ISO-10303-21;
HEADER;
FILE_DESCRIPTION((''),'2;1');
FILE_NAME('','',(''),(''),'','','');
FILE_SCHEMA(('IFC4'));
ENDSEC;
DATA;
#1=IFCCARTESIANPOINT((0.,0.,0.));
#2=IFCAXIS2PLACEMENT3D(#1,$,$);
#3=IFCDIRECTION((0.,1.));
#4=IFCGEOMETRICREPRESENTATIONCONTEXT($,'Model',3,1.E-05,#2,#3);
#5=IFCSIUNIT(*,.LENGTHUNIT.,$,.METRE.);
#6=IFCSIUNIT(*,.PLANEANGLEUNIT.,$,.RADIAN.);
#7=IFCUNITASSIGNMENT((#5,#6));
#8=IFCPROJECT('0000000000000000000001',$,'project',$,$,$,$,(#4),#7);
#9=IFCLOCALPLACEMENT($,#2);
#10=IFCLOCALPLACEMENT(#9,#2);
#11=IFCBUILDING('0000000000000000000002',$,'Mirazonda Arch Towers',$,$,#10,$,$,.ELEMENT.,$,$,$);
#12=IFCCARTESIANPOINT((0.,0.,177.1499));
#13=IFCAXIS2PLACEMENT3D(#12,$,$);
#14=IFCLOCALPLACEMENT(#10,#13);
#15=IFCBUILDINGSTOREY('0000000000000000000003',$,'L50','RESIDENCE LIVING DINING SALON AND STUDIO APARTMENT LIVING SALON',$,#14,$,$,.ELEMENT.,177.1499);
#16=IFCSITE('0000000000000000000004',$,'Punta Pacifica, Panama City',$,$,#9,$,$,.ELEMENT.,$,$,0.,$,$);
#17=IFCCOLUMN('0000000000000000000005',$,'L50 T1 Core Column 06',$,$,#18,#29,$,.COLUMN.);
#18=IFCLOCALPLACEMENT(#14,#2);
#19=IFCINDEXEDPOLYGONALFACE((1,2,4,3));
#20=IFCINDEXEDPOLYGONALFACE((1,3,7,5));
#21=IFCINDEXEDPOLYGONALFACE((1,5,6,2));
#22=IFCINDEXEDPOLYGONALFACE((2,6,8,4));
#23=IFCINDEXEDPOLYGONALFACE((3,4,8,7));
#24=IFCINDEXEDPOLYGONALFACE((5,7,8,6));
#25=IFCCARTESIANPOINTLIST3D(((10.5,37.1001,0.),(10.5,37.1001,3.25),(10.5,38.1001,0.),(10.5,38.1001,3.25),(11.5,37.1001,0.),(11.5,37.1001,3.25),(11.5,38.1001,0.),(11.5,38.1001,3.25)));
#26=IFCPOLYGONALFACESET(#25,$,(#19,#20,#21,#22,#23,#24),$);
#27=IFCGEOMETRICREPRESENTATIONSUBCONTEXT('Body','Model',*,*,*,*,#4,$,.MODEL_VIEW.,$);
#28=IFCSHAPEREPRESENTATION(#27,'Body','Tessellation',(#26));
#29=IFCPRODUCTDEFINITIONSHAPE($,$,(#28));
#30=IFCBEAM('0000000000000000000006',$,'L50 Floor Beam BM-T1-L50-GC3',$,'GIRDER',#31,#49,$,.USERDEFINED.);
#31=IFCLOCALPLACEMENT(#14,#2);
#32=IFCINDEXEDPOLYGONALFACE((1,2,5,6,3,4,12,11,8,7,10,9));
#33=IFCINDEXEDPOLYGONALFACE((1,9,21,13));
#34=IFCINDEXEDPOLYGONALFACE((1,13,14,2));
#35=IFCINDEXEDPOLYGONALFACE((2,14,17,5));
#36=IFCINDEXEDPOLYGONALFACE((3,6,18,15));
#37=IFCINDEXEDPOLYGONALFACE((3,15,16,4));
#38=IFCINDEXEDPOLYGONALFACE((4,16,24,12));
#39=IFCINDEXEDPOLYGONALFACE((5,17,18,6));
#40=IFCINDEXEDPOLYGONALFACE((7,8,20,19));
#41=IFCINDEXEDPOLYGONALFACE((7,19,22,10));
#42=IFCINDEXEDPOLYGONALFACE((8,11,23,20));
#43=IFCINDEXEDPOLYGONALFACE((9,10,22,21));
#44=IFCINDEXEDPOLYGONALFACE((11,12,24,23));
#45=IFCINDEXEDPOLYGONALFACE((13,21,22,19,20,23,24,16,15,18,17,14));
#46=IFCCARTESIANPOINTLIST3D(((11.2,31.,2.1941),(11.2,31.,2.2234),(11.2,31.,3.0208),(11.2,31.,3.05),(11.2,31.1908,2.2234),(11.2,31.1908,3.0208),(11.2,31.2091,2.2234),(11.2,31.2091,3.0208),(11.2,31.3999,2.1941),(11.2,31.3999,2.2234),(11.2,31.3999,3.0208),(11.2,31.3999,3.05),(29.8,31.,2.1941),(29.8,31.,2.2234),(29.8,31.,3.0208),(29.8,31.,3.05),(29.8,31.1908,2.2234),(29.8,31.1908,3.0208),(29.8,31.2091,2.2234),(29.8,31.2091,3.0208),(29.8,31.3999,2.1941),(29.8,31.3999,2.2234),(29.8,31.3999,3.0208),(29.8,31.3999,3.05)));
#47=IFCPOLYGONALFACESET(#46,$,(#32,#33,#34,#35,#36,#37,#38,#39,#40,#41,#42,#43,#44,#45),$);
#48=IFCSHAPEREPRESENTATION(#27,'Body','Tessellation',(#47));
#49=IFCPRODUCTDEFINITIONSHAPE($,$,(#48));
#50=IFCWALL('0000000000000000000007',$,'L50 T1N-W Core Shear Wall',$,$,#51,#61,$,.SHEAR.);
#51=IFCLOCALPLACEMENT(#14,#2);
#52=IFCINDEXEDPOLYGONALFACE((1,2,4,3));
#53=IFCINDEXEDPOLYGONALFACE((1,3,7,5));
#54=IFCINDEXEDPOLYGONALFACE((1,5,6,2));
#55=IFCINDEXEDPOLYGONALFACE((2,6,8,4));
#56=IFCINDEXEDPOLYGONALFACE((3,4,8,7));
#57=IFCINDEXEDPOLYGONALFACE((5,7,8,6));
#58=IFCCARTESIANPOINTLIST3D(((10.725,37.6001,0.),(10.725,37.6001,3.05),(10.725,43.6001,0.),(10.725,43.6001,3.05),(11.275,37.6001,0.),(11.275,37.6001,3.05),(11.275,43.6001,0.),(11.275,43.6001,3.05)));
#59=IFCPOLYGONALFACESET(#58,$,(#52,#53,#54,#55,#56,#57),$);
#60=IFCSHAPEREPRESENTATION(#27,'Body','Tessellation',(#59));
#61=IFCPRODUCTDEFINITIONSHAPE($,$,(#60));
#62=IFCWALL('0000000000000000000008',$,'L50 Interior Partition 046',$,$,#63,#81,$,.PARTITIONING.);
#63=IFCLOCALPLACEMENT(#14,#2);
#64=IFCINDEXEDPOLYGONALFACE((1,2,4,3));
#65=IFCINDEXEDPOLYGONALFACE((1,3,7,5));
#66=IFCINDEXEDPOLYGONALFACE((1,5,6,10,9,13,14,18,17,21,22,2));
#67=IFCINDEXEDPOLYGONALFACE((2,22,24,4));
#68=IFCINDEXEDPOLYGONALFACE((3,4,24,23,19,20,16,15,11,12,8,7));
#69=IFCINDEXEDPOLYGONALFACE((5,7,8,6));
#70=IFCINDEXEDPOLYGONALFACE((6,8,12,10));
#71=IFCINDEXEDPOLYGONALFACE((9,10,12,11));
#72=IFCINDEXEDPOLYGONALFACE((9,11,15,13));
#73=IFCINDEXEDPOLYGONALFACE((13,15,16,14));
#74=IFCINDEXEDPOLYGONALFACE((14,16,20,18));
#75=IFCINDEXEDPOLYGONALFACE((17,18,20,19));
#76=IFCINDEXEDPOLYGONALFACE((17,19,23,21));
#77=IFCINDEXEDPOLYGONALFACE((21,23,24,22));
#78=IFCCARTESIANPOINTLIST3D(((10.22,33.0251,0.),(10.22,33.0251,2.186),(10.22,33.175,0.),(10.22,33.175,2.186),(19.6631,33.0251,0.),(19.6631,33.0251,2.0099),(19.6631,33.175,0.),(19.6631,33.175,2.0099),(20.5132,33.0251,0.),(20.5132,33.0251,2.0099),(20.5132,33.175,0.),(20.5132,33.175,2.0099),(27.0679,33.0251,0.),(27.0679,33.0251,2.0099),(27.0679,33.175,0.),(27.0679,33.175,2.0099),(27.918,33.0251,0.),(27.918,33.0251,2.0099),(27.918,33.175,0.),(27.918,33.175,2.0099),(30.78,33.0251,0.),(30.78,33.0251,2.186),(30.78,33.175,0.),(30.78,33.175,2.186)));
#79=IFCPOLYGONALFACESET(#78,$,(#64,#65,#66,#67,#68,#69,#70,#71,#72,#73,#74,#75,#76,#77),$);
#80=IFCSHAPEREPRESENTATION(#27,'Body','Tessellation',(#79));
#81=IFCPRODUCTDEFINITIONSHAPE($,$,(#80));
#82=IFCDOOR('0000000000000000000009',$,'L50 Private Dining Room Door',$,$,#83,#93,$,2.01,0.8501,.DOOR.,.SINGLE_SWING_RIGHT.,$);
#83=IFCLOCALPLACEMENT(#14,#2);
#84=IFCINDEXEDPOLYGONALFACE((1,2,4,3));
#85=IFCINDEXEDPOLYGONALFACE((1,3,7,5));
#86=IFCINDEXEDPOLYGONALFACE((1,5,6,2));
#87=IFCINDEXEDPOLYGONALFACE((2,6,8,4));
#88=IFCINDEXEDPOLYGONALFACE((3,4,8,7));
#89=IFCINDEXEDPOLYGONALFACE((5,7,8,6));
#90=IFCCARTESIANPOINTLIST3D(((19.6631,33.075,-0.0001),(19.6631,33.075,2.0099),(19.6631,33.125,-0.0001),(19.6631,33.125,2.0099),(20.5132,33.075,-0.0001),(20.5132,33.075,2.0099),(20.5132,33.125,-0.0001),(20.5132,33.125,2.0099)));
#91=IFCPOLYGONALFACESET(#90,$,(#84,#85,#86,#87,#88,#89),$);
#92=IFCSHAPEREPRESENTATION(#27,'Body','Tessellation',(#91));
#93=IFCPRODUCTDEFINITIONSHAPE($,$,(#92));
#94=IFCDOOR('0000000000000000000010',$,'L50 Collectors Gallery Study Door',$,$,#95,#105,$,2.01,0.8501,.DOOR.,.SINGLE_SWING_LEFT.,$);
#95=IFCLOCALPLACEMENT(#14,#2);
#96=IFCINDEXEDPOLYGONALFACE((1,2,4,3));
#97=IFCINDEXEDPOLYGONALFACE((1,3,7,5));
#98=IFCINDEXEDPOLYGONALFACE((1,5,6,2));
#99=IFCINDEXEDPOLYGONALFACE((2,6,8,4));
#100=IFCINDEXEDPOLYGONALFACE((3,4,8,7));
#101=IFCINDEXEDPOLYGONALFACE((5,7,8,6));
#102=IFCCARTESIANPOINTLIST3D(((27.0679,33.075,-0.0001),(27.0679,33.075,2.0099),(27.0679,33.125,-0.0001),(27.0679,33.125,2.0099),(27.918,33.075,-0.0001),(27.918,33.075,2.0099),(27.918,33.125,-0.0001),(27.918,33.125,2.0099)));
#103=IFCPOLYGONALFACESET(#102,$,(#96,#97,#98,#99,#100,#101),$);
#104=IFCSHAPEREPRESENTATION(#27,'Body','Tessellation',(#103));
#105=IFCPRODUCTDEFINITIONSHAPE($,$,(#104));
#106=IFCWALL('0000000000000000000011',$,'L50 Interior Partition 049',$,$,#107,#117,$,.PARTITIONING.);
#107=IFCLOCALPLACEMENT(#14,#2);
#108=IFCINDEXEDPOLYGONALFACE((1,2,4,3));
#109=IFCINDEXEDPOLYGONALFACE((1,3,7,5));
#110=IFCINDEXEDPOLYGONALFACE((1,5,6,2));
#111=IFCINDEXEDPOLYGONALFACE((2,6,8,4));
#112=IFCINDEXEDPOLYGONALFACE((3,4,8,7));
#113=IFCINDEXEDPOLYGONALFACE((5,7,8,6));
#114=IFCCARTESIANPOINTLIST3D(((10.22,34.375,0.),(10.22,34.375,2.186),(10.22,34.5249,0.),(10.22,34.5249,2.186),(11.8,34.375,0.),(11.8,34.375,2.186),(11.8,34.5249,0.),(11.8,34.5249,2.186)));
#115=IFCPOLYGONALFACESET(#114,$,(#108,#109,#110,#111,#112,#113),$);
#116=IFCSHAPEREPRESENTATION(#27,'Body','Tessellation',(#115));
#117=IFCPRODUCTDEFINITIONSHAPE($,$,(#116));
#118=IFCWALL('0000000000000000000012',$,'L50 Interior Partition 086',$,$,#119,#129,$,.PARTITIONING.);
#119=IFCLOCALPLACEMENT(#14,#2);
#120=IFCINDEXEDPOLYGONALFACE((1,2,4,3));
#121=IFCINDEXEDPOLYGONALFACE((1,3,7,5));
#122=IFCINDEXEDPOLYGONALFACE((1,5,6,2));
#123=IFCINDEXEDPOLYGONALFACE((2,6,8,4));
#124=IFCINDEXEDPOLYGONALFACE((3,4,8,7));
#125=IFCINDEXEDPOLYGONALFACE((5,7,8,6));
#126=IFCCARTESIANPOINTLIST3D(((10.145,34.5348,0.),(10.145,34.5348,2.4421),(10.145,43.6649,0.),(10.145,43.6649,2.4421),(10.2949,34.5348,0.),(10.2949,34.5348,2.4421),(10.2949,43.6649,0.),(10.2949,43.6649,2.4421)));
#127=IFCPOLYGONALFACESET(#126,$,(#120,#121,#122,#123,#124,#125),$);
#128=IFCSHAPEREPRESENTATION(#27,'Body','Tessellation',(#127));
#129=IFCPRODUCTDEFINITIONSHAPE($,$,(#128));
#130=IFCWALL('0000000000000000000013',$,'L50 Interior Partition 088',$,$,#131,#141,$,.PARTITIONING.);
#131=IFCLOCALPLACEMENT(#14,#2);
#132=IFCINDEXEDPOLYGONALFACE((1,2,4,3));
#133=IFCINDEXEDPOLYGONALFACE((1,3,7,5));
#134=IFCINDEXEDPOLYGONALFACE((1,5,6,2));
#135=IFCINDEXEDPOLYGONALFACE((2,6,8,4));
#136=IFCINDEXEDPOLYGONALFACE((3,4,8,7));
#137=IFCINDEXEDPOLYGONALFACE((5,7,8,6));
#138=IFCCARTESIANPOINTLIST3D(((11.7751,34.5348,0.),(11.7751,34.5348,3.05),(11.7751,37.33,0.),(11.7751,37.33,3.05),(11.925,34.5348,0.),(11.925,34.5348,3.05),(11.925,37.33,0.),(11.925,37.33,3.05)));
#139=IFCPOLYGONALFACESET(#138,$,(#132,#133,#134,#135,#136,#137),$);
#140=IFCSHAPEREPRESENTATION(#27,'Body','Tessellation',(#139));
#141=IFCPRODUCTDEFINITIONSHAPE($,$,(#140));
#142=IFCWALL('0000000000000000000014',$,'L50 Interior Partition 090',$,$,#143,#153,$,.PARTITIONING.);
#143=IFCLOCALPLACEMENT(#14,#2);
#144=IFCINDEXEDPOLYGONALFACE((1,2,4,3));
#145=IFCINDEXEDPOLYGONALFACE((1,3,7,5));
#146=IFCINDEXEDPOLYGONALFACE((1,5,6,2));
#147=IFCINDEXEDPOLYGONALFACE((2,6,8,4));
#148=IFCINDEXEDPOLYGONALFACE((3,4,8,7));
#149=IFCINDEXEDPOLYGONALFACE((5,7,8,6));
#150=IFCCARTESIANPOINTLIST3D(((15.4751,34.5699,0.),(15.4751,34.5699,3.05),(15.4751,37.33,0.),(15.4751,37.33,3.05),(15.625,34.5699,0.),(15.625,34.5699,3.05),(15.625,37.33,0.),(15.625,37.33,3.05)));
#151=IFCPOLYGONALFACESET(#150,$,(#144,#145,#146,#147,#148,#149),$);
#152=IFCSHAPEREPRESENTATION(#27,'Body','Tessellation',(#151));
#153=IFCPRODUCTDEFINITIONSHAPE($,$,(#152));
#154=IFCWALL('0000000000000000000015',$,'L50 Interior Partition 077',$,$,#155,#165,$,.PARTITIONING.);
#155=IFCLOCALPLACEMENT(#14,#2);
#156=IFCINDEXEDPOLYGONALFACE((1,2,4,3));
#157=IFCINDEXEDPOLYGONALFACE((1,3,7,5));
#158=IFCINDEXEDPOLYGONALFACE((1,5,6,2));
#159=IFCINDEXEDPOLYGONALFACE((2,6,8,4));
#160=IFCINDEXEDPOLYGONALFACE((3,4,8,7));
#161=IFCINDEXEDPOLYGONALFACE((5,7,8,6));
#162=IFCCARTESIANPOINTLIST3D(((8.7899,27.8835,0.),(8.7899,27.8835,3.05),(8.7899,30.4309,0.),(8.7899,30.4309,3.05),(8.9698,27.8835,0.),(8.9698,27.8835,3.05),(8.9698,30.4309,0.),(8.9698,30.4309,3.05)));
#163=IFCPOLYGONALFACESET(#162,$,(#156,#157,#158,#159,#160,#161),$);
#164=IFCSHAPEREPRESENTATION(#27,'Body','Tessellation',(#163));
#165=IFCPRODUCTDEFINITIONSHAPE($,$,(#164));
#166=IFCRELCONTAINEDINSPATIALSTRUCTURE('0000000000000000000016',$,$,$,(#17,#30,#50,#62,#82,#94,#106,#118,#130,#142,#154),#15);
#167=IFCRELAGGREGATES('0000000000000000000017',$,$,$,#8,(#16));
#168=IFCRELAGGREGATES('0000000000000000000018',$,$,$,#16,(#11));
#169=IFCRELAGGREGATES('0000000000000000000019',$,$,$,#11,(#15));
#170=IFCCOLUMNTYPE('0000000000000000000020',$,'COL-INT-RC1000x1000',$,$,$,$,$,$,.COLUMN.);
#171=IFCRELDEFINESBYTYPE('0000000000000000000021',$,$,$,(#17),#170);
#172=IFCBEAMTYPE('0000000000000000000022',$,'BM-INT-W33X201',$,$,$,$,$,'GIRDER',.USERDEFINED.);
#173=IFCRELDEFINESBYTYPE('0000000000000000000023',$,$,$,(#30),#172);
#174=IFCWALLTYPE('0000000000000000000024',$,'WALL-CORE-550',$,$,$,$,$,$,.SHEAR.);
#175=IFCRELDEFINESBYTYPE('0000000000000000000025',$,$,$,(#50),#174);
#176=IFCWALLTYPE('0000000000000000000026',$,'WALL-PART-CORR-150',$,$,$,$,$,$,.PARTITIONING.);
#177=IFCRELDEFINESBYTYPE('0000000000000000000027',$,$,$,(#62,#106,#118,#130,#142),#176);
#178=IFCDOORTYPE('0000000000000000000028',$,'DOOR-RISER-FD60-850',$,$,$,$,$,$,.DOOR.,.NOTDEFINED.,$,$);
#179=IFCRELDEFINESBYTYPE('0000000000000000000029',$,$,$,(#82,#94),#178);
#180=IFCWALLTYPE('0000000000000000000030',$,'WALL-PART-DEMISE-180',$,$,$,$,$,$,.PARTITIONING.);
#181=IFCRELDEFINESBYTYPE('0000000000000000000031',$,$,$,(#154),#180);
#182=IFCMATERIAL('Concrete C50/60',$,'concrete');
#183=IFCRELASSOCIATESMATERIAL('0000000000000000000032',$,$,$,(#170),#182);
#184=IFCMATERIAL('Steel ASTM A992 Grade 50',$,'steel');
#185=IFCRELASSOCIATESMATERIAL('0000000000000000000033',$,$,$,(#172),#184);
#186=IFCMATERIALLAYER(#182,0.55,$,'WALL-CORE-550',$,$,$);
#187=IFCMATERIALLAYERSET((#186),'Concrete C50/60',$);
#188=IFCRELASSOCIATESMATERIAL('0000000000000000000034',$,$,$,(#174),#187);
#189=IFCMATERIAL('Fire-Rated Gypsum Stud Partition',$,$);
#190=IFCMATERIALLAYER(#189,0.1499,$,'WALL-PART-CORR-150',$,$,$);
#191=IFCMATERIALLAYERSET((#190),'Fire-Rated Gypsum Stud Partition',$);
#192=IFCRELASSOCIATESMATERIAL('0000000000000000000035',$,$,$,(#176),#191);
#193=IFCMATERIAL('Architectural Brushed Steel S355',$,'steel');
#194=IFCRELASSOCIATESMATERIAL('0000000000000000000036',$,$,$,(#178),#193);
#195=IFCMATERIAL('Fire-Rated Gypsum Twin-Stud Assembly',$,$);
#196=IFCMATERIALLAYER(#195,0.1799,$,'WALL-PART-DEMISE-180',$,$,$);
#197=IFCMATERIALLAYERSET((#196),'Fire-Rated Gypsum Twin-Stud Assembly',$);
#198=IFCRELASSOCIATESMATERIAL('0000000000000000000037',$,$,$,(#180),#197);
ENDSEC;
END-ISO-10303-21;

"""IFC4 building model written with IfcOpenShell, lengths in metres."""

from ifc_helpers import new_model, si_unit, direction, frame, frame_2d, origin, origin_2d, place, context, subcontext, project, spatial, rectangle, i_section, extrude, material, layer, layer_set, material_profile, profile_set, type_object, element, fill, save


model = new_model("IFC4")

# Units and contexts
model_context = context("Model", 3, precision=1e-05, world=origin(), true_north=direction((0.0, 1.0)))
body_context = subcontext(model_context, "Body", "Model", "MODEL_VIEW")
ifc_project = project(units=[si_unit("LENGTHUNIT", "METRE"), si_unit("PLANEANGLEUNIT", "RADIAN")], contexts=[model_context])

# Site, building, storey
site_placement = place(None, origin())
site = spatial("IfcSite", under=ifc_project, at=site_placement, Name="Punta Pacifica, Panama City", CompositionType="ELEMENT", RefElevation=0.0)
building_placement = place(site_placement, origin())
building = spatial("IfcBuilding", under=site, at=building_placement, Name="Mirazonda Arch Towers", CompositionType="ELEMENT")
storey_placement = place(building_placement, frame((0.0, 0.0, 177.1499)))
storey = spatial("IfcBuildingStorey", under=building, at=storey_placement, Name="L50", Description="RESIDENCE LIVING DINING SALON AND STUDIO APARTMENT LIVING SALON", CompositionType="ELEMENT", Elevation=177.1499)

# Column
ifc_material_1 = material(Name="Concrete C50/60", Category="concrete")
ifc_material_profile_1 = material_profile(ifc_material_1, rectangle(XDim=1.0, YDim=1.0, at=origin_2d()), Name="RC1000x1000")
ifc_profile_set_1 = profile_set([ifc_material_profile_1], Name="Concrete C50/60")
column_type = type_object("IfcColumnType", Name="COL-INT-RC1000x1000", PredefinedType="COLUMN", material=ifc_profile_set_1)
column_placement = place(storey_placement, frame((11.0, 37.6001, 0.0), z_axis=(0.0, 0.0, 1.0), x_axis=(1.0, 0.0, 0.0)))
element("IfcColumn", 1, at=column_placement, inside=storey, type_object=column_type, Name="L50 T1 Core Column 06", PredefinedType="COLUMN", context=body_context, shape_type="SweptSolid", body=[
    extrude(rectangle(XDim=1.0, YDim=1.0, at=origin_2d()), origin(), (0.0, 0.0, 1.0), 3.25),
])

# Beam
ifc_material_2 = material(Name="Steel ASTM A992 Grade 50", Category="steel")
ifc_material_profile_2 = material_profile(ifc_material_2, i_section(OverallWidth=0.3999, OverallDepth=0.856, WebThickness=0.0183, FlangeThickness=0.0293, at=origin_2d()), Name="W33X201")
ifc_profile_set_2 = profile_set([ifc_material_profile_2], Name="Steel ASTM A992 Grade 50")
beam_type = type_object("IfcBeamType", Name="BM-INT-W33X201", ElementType="GIRDER", PredefinedType="USERDEFINED", material=ifc_profile_set_2)
beam_placement = place(storey_placement, frame((11.2, 31.2, 2.6221), z_axis=(1.0, 0.0, 0.0), x_axis=(0.0, 1.0, 0.0)))
element("IfcBeam", 2, at=beam_placement, inside=storey, type_object=beam_type, Name="L50 Floor Beam BM-T1-L50-GC3", ObjectType="GIRDER", PredefinedType="USERDEFINED", context=body_context, shape_type="SweptSolid", body=[
    extrude(i_section(OverallWidth=0.3999, OverallDepth=0.856, WebThickness=0.0183, FlangeThickness=0.0293, at=origin_2d()), origin(), (0.0, 0.0, 1.0), 18.6001),
])

# Wall
ifc_layer_1 = layer(ifc_material_1, 0.55, Name="WALL-CORE-550")
ifc_layer_set_1 = layer_set([ifc_layer_1], Name="Concrete C50/60")
wall_type_1 = type_object("IfcWallType", Name="WALL-CORE-550", PredefinedType="SHEAR", material=ifc_layer_set_1)
wall_1_placement = place(storey_placement, frame((11.0, 37.6001, 0.0), z_axis=(0.0, 0.0, 1.0), x_axis=(0.0, 1.0, 0.0)))
element("IfcWall", 3, at=wall_1_placement, inside=storey, type_object=wall_type_1, Name="L50 T1N-W Core Shear Wall", PredefinedType="SHEAR", context=body_context, shape_type="SweptSolid", body=[
    extrude(rectangle(XDim=6.0, YDim=0.55, at=frame_2d((3.0, 0.0))), origin(), (0.0, 0.0, 1.0), 3.05),
])

# Wall, openings, doors
ifc_material_3 = material(Name="Fire-Rated Gypsum Stud Partition")
ifc_layer_2 = layer(ifc_material_3, 0.1499, Name="WALL-PART-CORR-150")
ifc_layer_set_2 = layer_set([ifc_layer_2], Name="Fire-Rated Gypsum Stud Partition")
wall_type_2 = type_object("IfcWallType", Name="WALL-PART-CORR-150", PredefinedType="PARTITIONING", material=ifc_layer_set_2)
wall_2_placement = place(storey_placement, frame((10.22, 33.1001, 0.0), z_axis=(0.0, 0.0, 1.0), x_axis=(1.0, 0.0, 0.0)))
wall_2 = element("IfcWall", 4, at=wall_2_placement, inside=storey, type_object=wall_type_2, Name="L50 Interior Partition 046", PredefinedType="PARTITIONING", context=body_context, shape_type="SweptSolid", body=[
    extrude(rectangle(XDim=20.5601, YDim=0.1499, at=frame_2d((10.28, 0.0))), origin(), (0.0, 0.0, 1.0), 2.186),
])
opening_1_placement = place(wall_2_placement, frame((9.4431, 0.0, 0.0)))
opening_1 = element("IfcOpeningElement", 5, at=opening_1_placement, cuts=wall_2, PredefinedType="OPENING", context=body_context, shape_type="SweptSolid", body=[
    extrude(rectangle(XDim=0.8501, YDim=2.01, at=frame_2d((0.425, 1.0049))), frame((0.0, 0.085, 0.0), z_axis=(0.0, -1.0, 0.0), x_axis=(1.0, 0.0, 0.0)), (0.0, 0.0, 1.0), 0.1699),
])
opening_2_placement = place(wall_2_placement, frame((16.8479, 0.0, 0.0)))
opening_2 = element("IfcOpeningElement", 6, at=opening_2_placement, cuts=wall_2, PredefinedType="OPENING", context=body_context, shape_type="SweptSolid", body=[
    extrude(rectangle(XDim=0.8501, YDim=2.01, at=frame_2d((0.425, 1.0049))), frame((0.0, 0.085, 0.0), z_axis=(0.0, -1.0, 0.0), x_axis=(1.0, 0.0, 0.0)), (0.0, 0.0, 1.0), 0.1699),
])
ifc_material_4 = material(Name="Architectural Brushed Steel S355", Category="steel")
door_type_1 = type_object("IfcDoorType", Name="DOOR-RISER-FD60-850", OperationType="NOTDEFINED", PredefinedType="DOOR", material=ifc_material_4)
door_1_placement = place(opening_1_placement, origin())
door_1 = element("IfcDoor", 7, at=door_1_placement, inside=storey, type_object=door_type_1, Name="L50 Private Dining Room Door", OperationType="SINGLE_SWING_RIGHT", OverallHeight=2.01, OverallWidth=0.8501, PredefinedType="DOOR", context=body_context, shape_type="SweptSolid", body=[
    extrude(rectangle(XDim=0.8501, YDim=2.01, at=frame_2d((0.425, 1.0049))), frame((0.0, 0.0249, 0.0), z_axis=(0.0, -1.0, 0.0), x_axis=(1.0, 0.0, 0.0)), (0.0, 0.0, 1.0), 0.05),
])
fill(opening_1, door_1)
door_2_placement = place(opening_2_placement, origin())
door_2 = element("IfcDoor", 8, at=door_2_placement, inside=storey, type_object=door_type_1, Name="L50 Collectors Gallery Study Door", OperationType="SINGLE_SWING_LEFT", OverallHeight=2.01, OverallWidth=0.8501, PredefinedType="DOOR", context=body_context, shape_type="SweptSolid", body=[
    extrude(rectangle(XDim=0.8501, YDim=2.01, at=frame_2d((0.425, 1.0049))), frame((0.0, 0.0249, 0.0), z_axis=(0.0, -1.0, 0.0), x_axis=(1.0, 0.0, 0.0)), (0.0, 0.0, 1.0), 0.05),
])
fill(opening_2, door_2)

# Walls
wall_3_placement = place(storey_placement, frame((10.22, 34.45, 0.0), z_axis=(0.0, 0.0, 1.0), x_axis=(1.0, 0.0, 0.0)))
element("IfcWall", 9, at=wall_3_placement, inside=storey, type_object=wall_type_2, Name="L50 Interior Partition 049", PredefinedType="PARTITIONING", context=body_context, shape_type="SweptSolid", body=[
    extrude(rectangle(XDim=1.5801, YDim=0.1499, at=frame_2d((0.79, 0.0))), origin(), (0.0, 0.0, 1.0), 2.186),
])
wall_4_placement = place(storey_placement, frame((10.22, 34.5349, 0.0), z_axis=(0.0, 0.0, 1.0), x_axis=(0.0, 1.0, 0.0)))
element("IfcWall", 10, at=wall_4_placement, inside=storey, type_object=wall_type_2, Name="L50 Interior Partition 086", PredefinedType="PARTITIONING", context=body_context, shape_type="SweptSolid", body=[
    extrude(rectangle(XDim=9.1301, YDim=0.1499, at=frame_2d((4.5649, 0.0))), origin(), (0.0, 0.0, 1.0), 2.4421),
])
wall_5_placement = place(storey_placement, frame((11.8501, 34.5349, 0.0), z_axis=(0.0, 0.0, 1.0), x_axis=(0.0, 1.0, 0.0)))
element("IfcWall", 11, at=wall_5_placement, inside=storey, type_object=wall_type_2, Name="L50 Interior Partition 088", PredefinedType="PARTITIONING", context=body_context, shape_type="SweptSolid", body=[
    extrude(rectangle(XDim=2.7952, YDim=0.1499, at=frame_2d((1.3975, 0.0))), origin(), (0.0, 0.0, 1.0), 3.05),
])
wall_6_placement = place(storey_placement, frame((15.55, 34.5701, 0.0), z_axis=(0.0, 0.0, 1.0), x_axis=(0.0, 1.0, 0.0)))
element("IfcWall", 12, at=wall_6_placement, inside=storey, type_object=wall_type_2, Name="L50 Interior Partition 090", PredefinedType="PARTITIONING", context=body_context, shape_type="SweptSolid", body=[
    extrude(rectangle(XDim=2.76, YDim=0.1499, at=frame_2d((1.3799, 0.0))), origin(), (0.0, 0.0, 1.0), 3.05),
])
ifc_material_5 = material(Name="Fire-Rated Gypsum Twin-Stud Assembly")
ifc_layer_3 = layer(ifc_material_5, 0.1799, Name="WALL-PART-DEMISE-180")
ifc_layer_set_3 = layer_set([ifc_layer_3], Name="Fire-Rated Gypsum Twin-Stud Assembly")
wall_type_3 = type_object("IfcWallType", Name="WALL-PART-DEMISE-180", PredefinedType="PARTITIONING", material=ifc_layer_set_3)
wall_7_placement = place(storey_placement, frame((8.8799, 27.8835, 0.0), z_axis=(0.0, 0.0, 1.0), x_axis=(0.0, 1.0, 0.0)))
element("IfcWall", 13, at=wall_7_placement, inside=storey, type_object=wall_type_3, Name="L50 Interior Partition 077", PredefinedType="PARTITIONING", context=body_context, shape_type="SweptSolid", body=[
    extrude(rectangle(XDim=2.5474, YDim=0.1799, at=frame_2d((1.2737, 0.0))), origin(), (0.0, 0.0, 1.0), 3.05),
])

save(model, "model.ifc")
